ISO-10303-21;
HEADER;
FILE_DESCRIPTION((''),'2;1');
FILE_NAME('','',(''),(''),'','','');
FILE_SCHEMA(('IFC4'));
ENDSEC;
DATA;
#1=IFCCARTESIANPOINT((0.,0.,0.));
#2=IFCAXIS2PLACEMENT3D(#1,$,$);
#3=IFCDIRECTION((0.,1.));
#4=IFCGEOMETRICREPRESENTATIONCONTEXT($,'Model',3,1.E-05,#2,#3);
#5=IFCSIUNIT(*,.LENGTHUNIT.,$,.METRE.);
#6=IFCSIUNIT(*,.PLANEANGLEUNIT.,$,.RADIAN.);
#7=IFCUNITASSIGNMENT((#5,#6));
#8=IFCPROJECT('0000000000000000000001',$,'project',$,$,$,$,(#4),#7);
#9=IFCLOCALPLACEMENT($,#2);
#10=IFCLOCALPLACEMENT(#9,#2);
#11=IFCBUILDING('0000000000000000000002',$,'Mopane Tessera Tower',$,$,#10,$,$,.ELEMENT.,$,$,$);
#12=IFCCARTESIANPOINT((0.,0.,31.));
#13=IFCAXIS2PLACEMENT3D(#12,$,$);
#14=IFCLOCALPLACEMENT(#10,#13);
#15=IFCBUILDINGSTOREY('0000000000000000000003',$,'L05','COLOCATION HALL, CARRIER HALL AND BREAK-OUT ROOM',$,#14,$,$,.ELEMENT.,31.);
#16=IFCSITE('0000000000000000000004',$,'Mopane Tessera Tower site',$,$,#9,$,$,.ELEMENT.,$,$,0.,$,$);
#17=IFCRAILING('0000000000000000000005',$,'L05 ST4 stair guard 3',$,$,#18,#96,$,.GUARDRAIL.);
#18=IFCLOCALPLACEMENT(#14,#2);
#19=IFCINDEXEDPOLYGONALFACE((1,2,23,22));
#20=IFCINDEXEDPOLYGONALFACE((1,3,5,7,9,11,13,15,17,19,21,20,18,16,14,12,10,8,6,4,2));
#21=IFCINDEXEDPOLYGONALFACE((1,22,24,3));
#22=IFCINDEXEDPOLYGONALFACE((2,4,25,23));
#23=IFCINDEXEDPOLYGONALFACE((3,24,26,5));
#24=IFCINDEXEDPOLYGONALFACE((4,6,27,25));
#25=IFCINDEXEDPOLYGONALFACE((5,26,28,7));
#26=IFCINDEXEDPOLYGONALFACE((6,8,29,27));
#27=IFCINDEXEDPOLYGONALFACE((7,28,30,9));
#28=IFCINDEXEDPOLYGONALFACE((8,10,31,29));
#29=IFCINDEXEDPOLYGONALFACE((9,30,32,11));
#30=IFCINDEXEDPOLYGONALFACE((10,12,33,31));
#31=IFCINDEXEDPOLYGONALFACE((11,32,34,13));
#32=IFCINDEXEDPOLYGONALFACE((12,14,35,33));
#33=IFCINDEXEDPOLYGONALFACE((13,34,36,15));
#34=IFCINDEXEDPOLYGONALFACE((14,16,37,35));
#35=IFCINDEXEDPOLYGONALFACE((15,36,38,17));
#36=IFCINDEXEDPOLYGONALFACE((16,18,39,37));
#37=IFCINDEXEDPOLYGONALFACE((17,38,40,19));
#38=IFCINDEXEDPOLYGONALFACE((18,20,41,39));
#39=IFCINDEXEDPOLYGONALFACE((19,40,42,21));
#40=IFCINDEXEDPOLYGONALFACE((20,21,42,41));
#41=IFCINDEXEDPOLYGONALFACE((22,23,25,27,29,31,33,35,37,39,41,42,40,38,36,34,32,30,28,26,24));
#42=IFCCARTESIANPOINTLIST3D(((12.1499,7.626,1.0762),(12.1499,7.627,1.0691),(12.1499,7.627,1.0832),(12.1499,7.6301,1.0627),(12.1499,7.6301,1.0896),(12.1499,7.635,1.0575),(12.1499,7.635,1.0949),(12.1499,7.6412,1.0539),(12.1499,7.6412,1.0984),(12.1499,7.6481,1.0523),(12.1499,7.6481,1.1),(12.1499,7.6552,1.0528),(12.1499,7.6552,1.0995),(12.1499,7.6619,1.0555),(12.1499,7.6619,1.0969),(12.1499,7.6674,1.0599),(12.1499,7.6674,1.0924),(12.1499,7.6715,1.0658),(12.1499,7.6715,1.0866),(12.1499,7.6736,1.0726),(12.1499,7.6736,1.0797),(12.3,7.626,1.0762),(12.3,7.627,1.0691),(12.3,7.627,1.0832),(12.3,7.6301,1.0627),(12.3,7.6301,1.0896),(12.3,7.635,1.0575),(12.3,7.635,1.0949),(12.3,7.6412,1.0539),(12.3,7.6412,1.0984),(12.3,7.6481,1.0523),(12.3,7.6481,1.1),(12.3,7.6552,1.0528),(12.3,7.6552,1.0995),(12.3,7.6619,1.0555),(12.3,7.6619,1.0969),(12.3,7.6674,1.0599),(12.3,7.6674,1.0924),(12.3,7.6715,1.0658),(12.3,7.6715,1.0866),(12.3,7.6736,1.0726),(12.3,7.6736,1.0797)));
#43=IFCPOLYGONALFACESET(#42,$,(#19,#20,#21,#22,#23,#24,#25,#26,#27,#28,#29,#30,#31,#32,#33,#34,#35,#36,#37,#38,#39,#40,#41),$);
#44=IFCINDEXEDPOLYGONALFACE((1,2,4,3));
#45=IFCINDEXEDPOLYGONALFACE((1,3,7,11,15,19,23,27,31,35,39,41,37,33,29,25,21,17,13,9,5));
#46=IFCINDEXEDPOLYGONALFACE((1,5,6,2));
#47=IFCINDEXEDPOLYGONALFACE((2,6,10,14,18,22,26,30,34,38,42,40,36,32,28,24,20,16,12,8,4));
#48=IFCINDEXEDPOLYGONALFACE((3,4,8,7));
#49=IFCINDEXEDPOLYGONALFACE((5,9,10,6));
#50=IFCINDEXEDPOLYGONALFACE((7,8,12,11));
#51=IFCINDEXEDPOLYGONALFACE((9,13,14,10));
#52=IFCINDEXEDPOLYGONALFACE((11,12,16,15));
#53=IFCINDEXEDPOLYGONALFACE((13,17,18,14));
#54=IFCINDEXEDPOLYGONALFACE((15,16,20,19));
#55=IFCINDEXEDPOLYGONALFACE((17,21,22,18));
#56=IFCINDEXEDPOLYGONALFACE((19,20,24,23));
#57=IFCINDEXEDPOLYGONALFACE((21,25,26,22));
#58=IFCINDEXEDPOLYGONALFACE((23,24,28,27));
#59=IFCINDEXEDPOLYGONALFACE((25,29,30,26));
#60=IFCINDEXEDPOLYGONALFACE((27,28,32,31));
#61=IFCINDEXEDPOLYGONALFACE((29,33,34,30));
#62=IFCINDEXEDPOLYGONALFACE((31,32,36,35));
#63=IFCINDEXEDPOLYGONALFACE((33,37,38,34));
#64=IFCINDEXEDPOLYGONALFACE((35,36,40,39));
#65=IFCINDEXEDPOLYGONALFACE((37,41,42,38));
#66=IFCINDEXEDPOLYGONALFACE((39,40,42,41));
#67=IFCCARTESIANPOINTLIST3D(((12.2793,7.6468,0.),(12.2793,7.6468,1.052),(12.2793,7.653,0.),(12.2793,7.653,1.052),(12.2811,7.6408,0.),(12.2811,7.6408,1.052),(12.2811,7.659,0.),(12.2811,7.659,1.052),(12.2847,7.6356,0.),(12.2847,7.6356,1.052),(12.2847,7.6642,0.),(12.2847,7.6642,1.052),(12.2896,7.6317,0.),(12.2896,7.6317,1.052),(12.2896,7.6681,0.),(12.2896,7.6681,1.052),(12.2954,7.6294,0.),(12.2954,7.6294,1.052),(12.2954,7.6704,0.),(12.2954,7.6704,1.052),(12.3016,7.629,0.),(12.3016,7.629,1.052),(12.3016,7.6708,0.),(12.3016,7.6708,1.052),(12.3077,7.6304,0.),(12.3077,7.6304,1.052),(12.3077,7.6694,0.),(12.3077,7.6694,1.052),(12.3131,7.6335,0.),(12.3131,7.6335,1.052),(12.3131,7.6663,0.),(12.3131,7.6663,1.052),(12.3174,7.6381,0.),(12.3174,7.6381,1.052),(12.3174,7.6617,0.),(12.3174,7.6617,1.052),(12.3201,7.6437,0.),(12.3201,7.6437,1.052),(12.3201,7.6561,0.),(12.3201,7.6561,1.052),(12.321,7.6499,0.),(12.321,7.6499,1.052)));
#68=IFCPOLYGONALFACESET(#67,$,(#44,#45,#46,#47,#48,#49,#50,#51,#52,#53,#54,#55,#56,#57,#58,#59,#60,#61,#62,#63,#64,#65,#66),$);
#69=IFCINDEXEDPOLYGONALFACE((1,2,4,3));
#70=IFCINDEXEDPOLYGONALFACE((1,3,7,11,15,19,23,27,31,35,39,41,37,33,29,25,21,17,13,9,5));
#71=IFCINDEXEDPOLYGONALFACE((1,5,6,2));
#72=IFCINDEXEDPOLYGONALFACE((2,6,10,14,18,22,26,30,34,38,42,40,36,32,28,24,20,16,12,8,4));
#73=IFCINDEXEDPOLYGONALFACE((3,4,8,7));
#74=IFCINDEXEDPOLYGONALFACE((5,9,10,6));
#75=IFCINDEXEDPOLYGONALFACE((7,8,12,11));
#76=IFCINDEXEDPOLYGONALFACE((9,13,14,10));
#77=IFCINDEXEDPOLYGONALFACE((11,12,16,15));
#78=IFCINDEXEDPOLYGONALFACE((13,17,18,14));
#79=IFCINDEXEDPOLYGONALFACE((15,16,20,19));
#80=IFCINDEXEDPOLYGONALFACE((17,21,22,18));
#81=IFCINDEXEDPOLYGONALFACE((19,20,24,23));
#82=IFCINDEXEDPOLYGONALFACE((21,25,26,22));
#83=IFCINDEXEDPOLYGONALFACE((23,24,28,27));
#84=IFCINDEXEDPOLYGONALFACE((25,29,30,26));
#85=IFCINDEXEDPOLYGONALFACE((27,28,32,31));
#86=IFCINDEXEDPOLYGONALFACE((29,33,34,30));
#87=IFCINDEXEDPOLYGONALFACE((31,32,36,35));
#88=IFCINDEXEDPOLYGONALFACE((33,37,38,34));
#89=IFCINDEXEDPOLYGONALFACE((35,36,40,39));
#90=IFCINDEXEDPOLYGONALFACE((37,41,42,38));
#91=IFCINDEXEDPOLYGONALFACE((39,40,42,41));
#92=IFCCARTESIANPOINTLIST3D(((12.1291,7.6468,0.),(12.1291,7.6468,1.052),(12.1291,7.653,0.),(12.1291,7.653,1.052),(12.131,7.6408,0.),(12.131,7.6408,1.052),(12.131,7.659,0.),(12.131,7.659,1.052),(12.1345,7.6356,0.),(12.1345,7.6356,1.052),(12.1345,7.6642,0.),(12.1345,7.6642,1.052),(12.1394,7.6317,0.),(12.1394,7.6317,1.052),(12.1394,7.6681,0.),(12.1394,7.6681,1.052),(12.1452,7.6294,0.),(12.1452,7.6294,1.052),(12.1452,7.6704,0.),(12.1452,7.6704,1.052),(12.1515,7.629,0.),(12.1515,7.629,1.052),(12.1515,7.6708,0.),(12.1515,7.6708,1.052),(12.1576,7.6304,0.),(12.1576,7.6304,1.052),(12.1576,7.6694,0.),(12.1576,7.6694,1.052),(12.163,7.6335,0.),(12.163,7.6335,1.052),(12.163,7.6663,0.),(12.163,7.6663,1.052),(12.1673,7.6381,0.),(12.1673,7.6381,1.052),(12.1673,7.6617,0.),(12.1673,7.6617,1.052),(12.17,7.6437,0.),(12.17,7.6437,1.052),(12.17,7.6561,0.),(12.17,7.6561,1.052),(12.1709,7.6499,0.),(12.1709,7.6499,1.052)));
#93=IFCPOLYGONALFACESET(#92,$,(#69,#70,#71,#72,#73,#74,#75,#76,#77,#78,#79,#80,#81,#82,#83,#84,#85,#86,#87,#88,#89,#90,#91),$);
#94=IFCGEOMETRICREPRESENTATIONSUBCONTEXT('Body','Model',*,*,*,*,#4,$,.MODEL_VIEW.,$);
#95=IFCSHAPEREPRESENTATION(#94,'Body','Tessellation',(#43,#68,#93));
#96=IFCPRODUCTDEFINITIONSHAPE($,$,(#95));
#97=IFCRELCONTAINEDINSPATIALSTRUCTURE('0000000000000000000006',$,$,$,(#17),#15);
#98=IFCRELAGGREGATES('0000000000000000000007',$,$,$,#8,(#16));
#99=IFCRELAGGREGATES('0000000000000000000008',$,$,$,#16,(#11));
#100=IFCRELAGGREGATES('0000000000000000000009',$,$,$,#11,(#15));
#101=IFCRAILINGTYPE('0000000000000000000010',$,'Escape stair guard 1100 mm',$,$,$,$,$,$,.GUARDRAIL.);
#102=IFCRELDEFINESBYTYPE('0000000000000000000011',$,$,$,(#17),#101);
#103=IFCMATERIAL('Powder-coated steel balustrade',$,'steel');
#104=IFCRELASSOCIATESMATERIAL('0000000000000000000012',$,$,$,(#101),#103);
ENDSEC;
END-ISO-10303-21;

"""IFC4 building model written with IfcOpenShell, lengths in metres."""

from ifc_helpers import new_model, si_unit, direction, frame, origin, origin_2d, place, context, subcontext, project, spatial, circle, extrude, material, type_object, element, save


model = new_model("IFC4")

# Units and contexts
model_context = context("Model", 3, precision=1e-05, world=origin(), true_north=direction((0.0, 1.0)))
body_context = subcontext(model_context, "Body", "Model", "MODEL_VIEW")
ifc_project = project(units=[si_unit("LENGTHUNIT", "METRE"), si_unit("PLANEANGLEUNIT", "RADIAN")], contexts=[model_context])

# Site, building, storey
site_placement = place(None, origin())
site = spatial("IfcSite", under=ifc_project, at=site_placement, Name="Mopane Tessera Tower site", CompositionType="ELEMENT", RefElevation=0.0)
building_placement = place(site_placement, origin())
building = spatial("IfcBuilding", under=site, at=building_placement, Name="Mopane Tessera Tower", CompositionType="ELEMENT")
storey_placement = place(building_placement, frame((0.0, 0.0, 31.0)))
storey = spatial("IfcBuildingStorey", under=building, at=storey_placement, Name="L05", Description="COLOCATION HALL, CARRIER HALL AND BREAK-OUT ROOM", CompositionType="ELEMENT", Elevation=31.0)

# Railing
ifc_material_1 = material(Name="Powder-coated steel balustrade", Category="steel")
railing_type_1 = type_object("IfcRailingType", Name="Escape stair guard 1100 mm", PredefinedType="GUARDRAIL", material=ifc_material_1)
railing_1_placement = place(storey_placement, frame((12.3, 7.6499, 0.0)))
element("IfcRailing", 1, at=railing_1_placement, inside=storey, type_object=railing_type_1, Name="L05 ST4 stair guard 3", PredefinedType="GUARDRAIL", context=body_context, shape_type="SweptSolid", body=[
    extrude(circle(Radius=0.0239, at=origin_2d()), frame((0.0, 0.0, 1.0762), z_axis=(-1.0, 0.0, 0.0), x_axis=(0.0, -1.0, 0.0)), (0.0, 0.0, 1.0), 0.1501),
    extrude(circle(Radius=0.021, at=origin_2d()), origin(), (0.0, 0.0, 1.0), 1.052),
    extrude(circle(Radius=0.021, at=origin_2d()), frame((-0.1501, 0.0, 0.0)), (0.0, 0.0, 1.0), 1.052),
])

save(model, "model.ifc")
